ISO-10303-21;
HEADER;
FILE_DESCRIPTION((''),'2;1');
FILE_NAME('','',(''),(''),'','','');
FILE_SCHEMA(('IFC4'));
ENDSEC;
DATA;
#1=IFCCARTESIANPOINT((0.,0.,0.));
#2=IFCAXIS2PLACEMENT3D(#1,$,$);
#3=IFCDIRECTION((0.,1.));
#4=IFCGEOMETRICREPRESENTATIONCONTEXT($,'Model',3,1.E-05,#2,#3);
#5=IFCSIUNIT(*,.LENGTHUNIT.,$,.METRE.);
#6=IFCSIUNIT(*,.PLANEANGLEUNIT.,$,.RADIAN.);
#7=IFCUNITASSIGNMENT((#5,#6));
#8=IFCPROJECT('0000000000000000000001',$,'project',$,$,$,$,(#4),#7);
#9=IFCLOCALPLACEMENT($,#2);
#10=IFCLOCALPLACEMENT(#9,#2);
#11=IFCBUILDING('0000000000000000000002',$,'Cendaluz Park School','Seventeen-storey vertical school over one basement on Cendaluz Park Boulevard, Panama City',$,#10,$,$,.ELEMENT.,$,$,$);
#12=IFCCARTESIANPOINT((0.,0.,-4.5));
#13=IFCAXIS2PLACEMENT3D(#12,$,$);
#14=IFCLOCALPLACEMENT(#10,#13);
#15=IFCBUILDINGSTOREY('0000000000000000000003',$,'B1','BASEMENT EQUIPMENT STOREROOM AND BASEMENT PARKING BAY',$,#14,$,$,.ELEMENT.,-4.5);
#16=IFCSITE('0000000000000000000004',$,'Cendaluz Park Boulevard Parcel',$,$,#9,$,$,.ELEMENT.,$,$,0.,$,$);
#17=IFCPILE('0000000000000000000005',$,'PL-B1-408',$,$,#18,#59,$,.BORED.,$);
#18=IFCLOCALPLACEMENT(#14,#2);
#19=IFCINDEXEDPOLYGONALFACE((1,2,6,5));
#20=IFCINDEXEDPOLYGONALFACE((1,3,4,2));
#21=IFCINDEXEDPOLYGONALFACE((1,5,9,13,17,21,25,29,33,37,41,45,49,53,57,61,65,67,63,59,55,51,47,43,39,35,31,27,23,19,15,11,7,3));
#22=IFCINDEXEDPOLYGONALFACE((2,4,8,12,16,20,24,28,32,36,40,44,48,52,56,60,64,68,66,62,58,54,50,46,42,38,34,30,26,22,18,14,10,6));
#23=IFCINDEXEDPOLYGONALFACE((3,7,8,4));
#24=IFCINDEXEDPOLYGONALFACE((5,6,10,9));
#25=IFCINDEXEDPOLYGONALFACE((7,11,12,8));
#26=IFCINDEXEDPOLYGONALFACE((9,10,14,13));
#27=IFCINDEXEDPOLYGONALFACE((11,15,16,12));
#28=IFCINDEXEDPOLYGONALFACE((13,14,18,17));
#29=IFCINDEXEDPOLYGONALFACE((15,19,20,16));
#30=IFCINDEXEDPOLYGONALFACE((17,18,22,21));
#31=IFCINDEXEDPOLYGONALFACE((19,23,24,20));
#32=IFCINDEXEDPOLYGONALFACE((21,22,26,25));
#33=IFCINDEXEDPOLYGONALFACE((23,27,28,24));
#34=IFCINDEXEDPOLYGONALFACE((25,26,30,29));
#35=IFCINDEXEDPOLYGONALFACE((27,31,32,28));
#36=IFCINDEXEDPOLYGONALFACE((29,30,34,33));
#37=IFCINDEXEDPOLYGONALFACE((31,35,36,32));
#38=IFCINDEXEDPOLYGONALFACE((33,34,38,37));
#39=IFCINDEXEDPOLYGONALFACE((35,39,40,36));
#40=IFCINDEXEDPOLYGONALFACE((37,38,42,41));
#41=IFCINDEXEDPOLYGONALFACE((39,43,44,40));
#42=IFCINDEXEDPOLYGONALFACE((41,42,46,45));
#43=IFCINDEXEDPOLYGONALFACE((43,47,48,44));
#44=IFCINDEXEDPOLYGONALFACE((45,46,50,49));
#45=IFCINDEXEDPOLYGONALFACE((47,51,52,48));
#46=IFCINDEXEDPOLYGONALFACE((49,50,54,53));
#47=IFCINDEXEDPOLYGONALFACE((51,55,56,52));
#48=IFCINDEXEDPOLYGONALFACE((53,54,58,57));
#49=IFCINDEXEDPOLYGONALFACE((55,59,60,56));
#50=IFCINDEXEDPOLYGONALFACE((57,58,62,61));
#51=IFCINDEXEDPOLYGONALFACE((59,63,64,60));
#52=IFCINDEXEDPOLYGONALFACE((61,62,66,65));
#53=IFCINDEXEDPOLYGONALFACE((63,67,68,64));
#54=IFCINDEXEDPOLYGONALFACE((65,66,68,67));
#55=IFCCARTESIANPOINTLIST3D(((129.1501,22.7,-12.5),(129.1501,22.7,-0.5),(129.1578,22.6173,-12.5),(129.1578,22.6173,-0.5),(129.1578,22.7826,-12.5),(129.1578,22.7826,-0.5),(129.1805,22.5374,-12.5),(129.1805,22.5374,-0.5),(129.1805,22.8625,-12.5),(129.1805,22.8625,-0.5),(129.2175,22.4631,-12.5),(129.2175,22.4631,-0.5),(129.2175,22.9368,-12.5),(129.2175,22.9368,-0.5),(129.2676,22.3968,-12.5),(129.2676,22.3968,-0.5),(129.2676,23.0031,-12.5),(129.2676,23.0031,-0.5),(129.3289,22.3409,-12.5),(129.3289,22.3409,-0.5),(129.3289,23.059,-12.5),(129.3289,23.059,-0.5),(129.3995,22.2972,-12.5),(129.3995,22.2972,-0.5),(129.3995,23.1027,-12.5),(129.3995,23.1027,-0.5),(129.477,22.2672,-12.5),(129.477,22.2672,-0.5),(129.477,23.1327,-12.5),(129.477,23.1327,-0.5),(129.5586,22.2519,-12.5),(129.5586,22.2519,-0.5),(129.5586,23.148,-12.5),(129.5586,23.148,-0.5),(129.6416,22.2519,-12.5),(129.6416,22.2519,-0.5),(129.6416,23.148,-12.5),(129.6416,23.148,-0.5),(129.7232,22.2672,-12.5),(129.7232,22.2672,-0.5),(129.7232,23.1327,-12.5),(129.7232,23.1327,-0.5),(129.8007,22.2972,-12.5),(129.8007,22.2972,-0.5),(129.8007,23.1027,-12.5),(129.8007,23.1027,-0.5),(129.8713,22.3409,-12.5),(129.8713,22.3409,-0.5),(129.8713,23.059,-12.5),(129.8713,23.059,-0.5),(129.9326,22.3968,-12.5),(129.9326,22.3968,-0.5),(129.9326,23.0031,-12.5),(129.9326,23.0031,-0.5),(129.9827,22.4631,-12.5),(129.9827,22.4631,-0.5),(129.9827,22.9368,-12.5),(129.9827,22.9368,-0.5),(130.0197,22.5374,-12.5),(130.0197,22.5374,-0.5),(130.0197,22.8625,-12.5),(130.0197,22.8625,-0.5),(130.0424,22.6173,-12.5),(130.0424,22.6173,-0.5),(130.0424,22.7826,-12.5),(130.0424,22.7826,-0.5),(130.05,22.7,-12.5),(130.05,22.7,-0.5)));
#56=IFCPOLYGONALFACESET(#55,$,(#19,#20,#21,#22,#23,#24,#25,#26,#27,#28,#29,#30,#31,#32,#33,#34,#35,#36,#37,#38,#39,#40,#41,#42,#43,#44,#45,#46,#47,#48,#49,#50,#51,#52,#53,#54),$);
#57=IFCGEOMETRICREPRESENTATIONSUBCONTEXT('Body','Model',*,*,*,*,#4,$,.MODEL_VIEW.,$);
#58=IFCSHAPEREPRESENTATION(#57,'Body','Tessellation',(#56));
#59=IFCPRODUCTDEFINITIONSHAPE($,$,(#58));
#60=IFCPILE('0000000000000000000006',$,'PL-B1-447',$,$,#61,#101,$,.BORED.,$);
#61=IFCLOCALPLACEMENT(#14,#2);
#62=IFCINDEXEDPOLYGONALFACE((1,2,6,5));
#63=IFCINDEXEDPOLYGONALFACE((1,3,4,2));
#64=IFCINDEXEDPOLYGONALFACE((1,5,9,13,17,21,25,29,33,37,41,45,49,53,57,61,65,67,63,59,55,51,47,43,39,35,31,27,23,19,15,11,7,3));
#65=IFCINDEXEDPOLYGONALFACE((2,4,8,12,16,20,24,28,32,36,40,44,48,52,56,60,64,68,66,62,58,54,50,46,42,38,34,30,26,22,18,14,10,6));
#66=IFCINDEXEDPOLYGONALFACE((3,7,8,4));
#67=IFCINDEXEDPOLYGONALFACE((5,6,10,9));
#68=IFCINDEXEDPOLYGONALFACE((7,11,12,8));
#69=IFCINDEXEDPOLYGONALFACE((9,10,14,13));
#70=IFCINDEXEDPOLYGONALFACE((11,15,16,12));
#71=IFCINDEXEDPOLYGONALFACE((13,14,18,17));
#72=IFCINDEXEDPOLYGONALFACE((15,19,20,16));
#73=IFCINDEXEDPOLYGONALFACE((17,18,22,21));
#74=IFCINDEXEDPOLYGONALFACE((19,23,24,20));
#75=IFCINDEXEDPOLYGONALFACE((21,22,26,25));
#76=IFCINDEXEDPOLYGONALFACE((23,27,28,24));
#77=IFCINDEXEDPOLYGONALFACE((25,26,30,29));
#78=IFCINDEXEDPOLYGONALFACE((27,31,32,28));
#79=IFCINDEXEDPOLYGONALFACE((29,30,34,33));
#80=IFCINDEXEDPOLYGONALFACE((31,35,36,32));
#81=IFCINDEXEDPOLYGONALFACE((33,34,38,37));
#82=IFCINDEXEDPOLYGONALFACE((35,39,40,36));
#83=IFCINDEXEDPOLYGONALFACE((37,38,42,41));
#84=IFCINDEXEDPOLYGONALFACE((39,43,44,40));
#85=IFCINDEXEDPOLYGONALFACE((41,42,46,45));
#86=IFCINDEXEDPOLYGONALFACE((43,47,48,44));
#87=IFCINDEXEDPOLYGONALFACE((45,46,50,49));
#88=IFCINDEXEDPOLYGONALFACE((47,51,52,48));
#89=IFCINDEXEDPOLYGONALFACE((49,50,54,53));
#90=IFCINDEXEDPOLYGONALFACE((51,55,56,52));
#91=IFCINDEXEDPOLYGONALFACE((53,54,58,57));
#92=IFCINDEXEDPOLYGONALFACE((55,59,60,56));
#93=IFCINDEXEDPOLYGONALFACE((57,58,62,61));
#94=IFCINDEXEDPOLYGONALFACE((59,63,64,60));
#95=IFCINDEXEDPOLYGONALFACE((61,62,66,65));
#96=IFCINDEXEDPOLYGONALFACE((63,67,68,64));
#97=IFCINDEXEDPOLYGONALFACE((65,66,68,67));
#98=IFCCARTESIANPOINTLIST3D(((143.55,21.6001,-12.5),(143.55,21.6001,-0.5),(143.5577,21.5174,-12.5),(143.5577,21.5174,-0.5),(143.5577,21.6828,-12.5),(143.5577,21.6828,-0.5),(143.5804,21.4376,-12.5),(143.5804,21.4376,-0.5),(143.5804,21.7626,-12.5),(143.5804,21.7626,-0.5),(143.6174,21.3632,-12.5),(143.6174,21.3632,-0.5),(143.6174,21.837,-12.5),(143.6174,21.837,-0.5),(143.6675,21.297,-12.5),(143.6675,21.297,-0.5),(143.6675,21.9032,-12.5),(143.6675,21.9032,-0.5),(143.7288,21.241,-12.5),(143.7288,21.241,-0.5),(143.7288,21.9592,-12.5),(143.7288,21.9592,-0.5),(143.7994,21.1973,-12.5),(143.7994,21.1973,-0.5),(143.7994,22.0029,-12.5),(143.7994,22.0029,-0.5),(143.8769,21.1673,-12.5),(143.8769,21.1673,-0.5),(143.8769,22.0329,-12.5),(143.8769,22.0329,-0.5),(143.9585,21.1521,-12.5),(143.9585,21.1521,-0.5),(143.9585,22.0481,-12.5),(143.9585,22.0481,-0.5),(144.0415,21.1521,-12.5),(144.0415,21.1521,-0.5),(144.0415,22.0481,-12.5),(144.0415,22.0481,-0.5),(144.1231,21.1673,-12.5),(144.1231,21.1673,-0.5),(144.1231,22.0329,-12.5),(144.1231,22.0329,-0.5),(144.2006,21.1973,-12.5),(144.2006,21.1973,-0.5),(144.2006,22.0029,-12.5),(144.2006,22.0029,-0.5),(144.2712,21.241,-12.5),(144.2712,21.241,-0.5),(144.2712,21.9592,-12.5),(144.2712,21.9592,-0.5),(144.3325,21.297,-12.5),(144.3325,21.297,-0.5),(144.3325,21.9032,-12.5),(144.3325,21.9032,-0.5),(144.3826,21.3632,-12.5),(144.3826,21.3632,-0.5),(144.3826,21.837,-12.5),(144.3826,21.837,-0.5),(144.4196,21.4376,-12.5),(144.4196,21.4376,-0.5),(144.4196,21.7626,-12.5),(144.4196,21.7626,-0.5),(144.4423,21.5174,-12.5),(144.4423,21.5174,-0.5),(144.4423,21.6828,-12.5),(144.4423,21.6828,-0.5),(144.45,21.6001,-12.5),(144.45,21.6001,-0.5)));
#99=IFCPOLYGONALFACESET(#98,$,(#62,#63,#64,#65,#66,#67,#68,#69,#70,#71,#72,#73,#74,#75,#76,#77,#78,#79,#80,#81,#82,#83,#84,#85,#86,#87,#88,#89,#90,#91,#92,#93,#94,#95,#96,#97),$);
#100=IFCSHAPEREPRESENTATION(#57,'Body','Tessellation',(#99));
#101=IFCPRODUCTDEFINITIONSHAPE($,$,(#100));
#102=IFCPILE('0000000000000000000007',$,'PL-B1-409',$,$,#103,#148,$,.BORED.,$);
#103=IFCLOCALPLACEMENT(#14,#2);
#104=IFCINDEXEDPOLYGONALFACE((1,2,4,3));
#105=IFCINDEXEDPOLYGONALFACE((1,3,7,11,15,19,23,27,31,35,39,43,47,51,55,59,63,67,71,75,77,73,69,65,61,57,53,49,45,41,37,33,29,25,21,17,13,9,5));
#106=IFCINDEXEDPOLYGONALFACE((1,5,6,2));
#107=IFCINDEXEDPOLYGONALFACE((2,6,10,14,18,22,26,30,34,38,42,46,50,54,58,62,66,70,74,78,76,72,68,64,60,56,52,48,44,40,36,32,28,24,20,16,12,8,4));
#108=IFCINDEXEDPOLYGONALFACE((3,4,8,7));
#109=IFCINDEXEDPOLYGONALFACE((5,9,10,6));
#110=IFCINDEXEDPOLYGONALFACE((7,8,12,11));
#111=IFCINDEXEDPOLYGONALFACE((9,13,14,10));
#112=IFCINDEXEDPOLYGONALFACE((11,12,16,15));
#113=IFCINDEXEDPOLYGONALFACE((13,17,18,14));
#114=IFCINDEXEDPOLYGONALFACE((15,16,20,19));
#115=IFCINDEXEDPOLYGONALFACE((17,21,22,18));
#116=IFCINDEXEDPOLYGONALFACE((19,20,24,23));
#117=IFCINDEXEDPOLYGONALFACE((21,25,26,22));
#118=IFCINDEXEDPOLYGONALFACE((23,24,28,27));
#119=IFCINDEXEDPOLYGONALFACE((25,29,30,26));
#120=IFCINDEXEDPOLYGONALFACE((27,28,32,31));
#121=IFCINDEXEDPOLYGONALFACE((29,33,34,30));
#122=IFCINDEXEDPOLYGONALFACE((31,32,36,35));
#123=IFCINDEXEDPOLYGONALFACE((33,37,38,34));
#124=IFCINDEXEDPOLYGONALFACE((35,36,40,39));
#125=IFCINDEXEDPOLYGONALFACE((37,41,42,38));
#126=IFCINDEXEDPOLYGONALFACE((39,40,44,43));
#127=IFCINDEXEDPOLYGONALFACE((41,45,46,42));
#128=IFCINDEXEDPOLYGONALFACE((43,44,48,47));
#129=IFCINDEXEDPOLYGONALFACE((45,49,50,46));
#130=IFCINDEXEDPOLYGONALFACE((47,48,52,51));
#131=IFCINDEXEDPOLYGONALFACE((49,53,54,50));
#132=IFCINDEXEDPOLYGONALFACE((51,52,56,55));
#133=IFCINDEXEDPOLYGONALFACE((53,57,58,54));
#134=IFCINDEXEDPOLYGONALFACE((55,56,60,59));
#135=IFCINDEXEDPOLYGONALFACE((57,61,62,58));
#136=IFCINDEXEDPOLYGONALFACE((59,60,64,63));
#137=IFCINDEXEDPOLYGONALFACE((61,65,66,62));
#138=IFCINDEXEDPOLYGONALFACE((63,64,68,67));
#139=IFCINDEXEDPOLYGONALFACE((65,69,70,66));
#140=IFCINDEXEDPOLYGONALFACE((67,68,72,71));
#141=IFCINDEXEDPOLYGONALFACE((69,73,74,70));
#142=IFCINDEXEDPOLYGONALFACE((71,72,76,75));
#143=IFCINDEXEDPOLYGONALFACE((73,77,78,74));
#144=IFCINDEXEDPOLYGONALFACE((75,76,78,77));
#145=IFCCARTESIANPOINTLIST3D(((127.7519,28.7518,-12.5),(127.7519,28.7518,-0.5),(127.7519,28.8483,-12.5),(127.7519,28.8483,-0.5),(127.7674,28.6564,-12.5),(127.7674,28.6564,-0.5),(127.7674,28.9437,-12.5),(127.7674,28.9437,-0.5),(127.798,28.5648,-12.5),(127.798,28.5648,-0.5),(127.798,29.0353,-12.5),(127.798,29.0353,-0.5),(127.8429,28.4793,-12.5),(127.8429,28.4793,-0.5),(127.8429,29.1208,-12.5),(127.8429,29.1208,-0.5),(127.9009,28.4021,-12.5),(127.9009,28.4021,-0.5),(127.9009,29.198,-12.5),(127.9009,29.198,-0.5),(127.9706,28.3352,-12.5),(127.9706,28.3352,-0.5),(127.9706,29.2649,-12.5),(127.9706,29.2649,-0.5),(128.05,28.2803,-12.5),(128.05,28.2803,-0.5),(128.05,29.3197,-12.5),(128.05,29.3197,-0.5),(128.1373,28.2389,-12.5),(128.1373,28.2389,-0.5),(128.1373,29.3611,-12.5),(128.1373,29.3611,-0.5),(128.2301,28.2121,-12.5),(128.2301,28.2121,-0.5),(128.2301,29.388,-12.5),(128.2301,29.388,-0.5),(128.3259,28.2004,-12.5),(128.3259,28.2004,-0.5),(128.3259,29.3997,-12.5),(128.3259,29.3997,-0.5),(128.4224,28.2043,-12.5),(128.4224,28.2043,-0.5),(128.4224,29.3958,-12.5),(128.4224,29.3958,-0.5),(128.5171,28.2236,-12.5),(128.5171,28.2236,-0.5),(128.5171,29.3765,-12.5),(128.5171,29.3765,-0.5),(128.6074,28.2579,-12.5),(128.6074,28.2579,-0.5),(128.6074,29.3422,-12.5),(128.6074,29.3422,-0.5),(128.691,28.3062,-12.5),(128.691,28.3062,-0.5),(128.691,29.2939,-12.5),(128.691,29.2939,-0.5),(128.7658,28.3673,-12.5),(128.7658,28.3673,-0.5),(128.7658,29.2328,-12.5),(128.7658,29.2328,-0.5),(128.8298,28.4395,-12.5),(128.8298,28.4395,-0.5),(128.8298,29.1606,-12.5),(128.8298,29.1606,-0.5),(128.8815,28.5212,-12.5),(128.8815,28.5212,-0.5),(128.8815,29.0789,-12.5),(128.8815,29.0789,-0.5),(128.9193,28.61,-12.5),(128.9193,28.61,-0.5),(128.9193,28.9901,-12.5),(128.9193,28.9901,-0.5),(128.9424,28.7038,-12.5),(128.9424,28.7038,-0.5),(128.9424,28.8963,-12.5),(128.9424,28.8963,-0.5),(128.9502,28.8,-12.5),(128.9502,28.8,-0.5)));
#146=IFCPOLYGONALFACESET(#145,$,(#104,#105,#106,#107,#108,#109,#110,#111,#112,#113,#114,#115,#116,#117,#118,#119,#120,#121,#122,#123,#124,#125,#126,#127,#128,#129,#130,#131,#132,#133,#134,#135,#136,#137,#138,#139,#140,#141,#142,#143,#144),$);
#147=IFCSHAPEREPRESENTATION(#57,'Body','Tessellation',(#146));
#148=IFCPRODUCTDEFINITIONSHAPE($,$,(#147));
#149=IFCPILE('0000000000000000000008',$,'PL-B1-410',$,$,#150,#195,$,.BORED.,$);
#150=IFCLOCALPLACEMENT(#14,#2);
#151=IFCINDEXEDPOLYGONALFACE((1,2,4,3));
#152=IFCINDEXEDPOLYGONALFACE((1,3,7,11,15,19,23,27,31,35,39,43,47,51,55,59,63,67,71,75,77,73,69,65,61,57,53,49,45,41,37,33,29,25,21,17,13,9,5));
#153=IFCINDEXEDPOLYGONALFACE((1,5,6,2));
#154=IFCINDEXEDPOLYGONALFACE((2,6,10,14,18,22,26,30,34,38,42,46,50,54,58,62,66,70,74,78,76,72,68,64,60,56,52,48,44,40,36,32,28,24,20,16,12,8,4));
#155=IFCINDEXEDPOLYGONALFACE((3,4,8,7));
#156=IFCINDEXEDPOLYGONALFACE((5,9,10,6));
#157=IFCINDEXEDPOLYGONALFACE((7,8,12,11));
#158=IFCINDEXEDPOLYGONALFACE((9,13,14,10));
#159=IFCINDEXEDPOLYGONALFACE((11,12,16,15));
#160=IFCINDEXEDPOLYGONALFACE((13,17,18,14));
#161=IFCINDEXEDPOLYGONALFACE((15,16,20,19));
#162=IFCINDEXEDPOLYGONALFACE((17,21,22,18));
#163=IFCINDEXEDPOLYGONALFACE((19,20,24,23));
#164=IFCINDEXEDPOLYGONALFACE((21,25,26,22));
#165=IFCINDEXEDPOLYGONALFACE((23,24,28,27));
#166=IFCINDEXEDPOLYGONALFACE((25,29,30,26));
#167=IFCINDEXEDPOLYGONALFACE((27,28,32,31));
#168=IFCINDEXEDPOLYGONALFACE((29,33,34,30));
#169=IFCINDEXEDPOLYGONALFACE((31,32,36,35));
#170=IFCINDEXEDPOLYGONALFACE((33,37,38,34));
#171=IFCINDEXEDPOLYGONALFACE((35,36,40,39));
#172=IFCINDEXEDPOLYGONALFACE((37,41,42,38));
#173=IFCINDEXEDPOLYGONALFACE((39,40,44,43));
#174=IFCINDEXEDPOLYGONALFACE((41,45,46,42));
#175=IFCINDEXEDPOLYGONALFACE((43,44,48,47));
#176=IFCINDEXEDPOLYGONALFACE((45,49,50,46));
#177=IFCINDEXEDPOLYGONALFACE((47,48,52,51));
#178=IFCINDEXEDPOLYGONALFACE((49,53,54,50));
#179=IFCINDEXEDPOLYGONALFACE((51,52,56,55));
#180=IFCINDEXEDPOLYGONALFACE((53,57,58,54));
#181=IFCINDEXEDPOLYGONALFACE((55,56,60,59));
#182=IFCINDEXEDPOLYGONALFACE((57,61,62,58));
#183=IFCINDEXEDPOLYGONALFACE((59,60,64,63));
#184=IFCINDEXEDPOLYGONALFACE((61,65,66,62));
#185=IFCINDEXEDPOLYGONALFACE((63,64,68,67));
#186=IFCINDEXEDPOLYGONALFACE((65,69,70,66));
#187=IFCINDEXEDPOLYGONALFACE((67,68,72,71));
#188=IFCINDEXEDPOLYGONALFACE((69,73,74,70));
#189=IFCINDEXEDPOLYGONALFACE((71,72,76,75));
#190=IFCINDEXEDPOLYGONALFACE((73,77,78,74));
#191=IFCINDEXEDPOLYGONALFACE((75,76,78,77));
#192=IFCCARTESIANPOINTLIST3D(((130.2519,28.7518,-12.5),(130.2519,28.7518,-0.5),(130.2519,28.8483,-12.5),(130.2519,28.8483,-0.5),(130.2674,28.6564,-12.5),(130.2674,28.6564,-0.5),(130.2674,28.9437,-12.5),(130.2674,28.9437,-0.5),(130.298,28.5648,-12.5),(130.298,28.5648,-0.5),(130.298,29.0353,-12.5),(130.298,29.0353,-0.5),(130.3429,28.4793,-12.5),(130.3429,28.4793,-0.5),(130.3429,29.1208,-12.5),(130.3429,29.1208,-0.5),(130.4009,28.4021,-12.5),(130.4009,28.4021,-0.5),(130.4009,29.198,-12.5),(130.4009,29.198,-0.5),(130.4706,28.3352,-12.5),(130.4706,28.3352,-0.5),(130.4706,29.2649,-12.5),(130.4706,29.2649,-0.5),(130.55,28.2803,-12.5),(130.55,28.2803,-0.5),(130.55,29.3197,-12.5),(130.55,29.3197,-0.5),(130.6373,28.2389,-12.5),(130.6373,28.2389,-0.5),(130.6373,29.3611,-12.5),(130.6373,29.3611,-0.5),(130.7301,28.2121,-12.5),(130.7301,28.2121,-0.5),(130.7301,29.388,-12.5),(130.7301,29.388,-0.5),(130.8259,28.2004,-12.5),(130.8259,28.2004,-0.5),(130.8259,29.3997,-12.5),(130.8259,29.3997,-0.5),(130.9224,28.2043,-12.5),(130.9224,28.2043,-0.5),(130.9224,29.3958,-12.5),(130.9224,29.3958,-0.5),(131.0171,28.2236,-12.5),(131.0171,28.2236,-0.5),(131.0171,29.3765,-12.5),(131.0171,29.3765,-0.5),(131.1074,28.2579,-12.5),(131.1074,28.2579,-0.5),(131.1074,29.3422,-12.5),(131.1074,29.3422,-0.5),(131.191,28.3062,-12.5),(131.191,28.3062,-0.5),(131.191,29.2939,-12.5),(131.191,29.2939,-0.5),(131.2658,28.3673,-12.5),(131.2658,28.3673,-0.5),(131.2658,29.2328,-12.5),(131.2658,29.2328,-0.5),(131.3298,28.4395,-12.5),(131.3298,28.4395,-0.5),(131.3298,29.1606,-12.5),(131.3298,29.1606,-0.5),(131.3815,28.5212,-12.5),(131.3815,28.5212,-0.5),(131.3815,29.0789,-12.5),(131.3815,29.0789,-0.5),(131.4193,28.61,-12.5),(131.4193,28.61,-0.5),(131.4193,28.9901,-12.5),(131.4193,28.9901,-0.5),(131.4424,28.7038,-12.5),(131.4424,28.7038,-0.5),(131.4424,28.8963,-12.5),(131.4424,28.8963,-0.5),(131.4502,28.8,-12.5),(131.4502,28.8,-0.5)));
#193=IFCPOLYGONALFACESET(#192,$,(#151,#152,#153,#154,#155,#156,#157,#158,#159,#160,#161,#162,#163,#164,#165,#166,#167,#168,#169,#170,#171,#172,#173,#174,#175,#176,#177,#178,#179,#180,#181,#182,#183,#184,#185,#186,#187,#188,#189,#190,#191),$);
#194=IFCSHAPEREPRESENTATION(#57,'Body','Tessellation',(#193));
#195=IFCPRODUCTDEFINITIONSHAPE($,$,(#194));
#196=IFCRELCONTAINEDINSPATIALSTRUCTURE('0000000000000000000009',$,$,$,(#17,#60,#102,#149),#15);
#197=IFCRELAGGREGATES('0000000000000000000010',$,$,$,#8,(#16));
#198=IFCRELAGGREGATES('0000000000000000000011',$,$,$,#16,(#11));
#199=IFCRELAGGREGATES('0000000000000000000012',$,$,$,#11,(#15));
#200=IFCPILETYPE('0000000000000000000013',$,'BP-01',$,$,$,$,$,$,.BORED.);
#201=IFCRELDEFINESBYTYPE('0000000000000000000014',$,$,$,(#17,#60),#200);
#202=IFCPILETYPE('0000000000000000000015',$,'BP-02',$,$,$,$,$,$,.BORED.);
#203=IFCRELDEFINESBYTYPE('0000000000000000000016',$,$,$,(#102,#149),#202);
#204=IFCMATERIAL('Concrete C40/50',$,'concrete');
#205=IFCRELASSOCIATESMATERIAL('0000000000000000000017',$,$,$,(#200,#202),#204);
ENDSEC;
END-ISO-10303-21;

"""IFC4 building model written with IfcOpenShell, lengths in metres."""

from ifc_helpers import new_model, si_unit, direction, frame, origin, origin_2d, place, context, subcontext, project, spatial, circle, extrude, material, material_profile, profile_set, type_object, element, save


model = new_model("IFC4")

# Units and contexts
model_context = context("Model", 3, precision=1e-05, world=origin(), true_north=direction((0.0, 1.0)))
body_context = subcontext(model_context, "Body", "Model", "MODEL_VIEW")
ifc_project = project(units=[si_unit("LENGTHUNIT", "METRE"), si_unit("PLANEANGLEUNIT", "RADIAN")], contexts=[model_context])

# Site, building, storey
site_placement = place(None, origin())
site = spatial("IfcSite", under=ifc_project, at=site_placement, Name="Cendaluz Park Boulevard Parcel", CompositionType="ELEMENT", RefElevation=0.0)
building_placement = place(site_placement, origin())
building = spatial("IfcBuilding", under=site, at=building_placement, Name="Cendaluz Park School", Description="Seventeen-storey vertical school over one basement on Cendaluz Park Boulevard, Panama City", CompositionType="ELEMENT")
storey_placement = place(building_placement, frame((0.0, 0.0, -4.5)))
storey = spatial("IfcBuildingStorey", under=building, at=storey_placement, Name="B1", Description="BASEMENT EQUIPMENT STOREROOM AND BASEMENT PARKING BAY", CompositionType="ELEMENT", Elevation=-4.5)

# Piles
ifc_material_1 = material(Name="Concrete C40/50", Category="concrete")
ifc_material_profile_1 = material_profile(ifc_material_1, circle(Radius=0.45, at=origin_2d()), Name="BP D900", Category="concrete")
ifc_profile_set_1 = profile_set([ifc_material_profile_1], Name="Concrete C40/50")
pile_type_1 = type_object("IfcPileType", Name="BP-01", PredefinedType="BORED", material=ifc_profile_set_1)
for number, where, z_axis, x_axis, name in (
    (1, (129.6001, 22.7, -0.5), (0.0, 0.0, -1.0), (1.0, 0.0, 0.0), "PL-B1-408"),
    (2, (144.0, 21.6001, -0.5), (0.0, 0.0, -1.0), (1.0, 0.0, 0.0), "PL-B1-447"),
):
    element("IfcPile", number, at=place(storey_placement, frame(where, z_axis=z_axis, x_axis=x_axis)), inside=storey, type_object=pile_type_1, Name=name, PredefinedType="BORED", context=body_context, shape_type="SweptSolid", body=[
        extrude(circle(Radius=0.45, at=origin_2d()), origin(), (0.0, 0.0, 1.0), 12.0),
    ])
ifc_material_profile_2 = material_profile(ifc_material_1, circle(Radius=0.6001, at=origin_2d()), Name="BP D1200", Category="concrete")
ifc_profile_set_2 = profile_set([ifc_material_profile_2], Name="Concrete C40/50")
pile_type_2 = type_object("IfcPileType", Name="BP-02", PredefinedType="BORED", material=ifc_profile_set_2)
for number, where, z_axis, x_axis, name in (
    (3, (128.3501, 28.8, -0.5), (0.0, 0.0, -1.0), (1.0, 0.0, 0.0), "PL-B1-409"),
    (4, (130.8501, 28.8, -0.5), (0.0, 0.0, -1.0), (1.0, 0.0, 0.0), "PL-B1-410"),
):
    element("IfcPile", number, at=place(storey_placement, frame(where, z_axis=z_axis, x_axis=x_axis)), inside=storey, type_object=pile_type_2, Name=name, PredefinedType="BORED", context=body_context, shape_type="SweptSolid", body=[
        extrude(circle(Radius=0.6001, at=origin_2d()), origin(), (0.0, 0.0, 1.0), 12.0),
    ])

save(model, "model.ifc")
